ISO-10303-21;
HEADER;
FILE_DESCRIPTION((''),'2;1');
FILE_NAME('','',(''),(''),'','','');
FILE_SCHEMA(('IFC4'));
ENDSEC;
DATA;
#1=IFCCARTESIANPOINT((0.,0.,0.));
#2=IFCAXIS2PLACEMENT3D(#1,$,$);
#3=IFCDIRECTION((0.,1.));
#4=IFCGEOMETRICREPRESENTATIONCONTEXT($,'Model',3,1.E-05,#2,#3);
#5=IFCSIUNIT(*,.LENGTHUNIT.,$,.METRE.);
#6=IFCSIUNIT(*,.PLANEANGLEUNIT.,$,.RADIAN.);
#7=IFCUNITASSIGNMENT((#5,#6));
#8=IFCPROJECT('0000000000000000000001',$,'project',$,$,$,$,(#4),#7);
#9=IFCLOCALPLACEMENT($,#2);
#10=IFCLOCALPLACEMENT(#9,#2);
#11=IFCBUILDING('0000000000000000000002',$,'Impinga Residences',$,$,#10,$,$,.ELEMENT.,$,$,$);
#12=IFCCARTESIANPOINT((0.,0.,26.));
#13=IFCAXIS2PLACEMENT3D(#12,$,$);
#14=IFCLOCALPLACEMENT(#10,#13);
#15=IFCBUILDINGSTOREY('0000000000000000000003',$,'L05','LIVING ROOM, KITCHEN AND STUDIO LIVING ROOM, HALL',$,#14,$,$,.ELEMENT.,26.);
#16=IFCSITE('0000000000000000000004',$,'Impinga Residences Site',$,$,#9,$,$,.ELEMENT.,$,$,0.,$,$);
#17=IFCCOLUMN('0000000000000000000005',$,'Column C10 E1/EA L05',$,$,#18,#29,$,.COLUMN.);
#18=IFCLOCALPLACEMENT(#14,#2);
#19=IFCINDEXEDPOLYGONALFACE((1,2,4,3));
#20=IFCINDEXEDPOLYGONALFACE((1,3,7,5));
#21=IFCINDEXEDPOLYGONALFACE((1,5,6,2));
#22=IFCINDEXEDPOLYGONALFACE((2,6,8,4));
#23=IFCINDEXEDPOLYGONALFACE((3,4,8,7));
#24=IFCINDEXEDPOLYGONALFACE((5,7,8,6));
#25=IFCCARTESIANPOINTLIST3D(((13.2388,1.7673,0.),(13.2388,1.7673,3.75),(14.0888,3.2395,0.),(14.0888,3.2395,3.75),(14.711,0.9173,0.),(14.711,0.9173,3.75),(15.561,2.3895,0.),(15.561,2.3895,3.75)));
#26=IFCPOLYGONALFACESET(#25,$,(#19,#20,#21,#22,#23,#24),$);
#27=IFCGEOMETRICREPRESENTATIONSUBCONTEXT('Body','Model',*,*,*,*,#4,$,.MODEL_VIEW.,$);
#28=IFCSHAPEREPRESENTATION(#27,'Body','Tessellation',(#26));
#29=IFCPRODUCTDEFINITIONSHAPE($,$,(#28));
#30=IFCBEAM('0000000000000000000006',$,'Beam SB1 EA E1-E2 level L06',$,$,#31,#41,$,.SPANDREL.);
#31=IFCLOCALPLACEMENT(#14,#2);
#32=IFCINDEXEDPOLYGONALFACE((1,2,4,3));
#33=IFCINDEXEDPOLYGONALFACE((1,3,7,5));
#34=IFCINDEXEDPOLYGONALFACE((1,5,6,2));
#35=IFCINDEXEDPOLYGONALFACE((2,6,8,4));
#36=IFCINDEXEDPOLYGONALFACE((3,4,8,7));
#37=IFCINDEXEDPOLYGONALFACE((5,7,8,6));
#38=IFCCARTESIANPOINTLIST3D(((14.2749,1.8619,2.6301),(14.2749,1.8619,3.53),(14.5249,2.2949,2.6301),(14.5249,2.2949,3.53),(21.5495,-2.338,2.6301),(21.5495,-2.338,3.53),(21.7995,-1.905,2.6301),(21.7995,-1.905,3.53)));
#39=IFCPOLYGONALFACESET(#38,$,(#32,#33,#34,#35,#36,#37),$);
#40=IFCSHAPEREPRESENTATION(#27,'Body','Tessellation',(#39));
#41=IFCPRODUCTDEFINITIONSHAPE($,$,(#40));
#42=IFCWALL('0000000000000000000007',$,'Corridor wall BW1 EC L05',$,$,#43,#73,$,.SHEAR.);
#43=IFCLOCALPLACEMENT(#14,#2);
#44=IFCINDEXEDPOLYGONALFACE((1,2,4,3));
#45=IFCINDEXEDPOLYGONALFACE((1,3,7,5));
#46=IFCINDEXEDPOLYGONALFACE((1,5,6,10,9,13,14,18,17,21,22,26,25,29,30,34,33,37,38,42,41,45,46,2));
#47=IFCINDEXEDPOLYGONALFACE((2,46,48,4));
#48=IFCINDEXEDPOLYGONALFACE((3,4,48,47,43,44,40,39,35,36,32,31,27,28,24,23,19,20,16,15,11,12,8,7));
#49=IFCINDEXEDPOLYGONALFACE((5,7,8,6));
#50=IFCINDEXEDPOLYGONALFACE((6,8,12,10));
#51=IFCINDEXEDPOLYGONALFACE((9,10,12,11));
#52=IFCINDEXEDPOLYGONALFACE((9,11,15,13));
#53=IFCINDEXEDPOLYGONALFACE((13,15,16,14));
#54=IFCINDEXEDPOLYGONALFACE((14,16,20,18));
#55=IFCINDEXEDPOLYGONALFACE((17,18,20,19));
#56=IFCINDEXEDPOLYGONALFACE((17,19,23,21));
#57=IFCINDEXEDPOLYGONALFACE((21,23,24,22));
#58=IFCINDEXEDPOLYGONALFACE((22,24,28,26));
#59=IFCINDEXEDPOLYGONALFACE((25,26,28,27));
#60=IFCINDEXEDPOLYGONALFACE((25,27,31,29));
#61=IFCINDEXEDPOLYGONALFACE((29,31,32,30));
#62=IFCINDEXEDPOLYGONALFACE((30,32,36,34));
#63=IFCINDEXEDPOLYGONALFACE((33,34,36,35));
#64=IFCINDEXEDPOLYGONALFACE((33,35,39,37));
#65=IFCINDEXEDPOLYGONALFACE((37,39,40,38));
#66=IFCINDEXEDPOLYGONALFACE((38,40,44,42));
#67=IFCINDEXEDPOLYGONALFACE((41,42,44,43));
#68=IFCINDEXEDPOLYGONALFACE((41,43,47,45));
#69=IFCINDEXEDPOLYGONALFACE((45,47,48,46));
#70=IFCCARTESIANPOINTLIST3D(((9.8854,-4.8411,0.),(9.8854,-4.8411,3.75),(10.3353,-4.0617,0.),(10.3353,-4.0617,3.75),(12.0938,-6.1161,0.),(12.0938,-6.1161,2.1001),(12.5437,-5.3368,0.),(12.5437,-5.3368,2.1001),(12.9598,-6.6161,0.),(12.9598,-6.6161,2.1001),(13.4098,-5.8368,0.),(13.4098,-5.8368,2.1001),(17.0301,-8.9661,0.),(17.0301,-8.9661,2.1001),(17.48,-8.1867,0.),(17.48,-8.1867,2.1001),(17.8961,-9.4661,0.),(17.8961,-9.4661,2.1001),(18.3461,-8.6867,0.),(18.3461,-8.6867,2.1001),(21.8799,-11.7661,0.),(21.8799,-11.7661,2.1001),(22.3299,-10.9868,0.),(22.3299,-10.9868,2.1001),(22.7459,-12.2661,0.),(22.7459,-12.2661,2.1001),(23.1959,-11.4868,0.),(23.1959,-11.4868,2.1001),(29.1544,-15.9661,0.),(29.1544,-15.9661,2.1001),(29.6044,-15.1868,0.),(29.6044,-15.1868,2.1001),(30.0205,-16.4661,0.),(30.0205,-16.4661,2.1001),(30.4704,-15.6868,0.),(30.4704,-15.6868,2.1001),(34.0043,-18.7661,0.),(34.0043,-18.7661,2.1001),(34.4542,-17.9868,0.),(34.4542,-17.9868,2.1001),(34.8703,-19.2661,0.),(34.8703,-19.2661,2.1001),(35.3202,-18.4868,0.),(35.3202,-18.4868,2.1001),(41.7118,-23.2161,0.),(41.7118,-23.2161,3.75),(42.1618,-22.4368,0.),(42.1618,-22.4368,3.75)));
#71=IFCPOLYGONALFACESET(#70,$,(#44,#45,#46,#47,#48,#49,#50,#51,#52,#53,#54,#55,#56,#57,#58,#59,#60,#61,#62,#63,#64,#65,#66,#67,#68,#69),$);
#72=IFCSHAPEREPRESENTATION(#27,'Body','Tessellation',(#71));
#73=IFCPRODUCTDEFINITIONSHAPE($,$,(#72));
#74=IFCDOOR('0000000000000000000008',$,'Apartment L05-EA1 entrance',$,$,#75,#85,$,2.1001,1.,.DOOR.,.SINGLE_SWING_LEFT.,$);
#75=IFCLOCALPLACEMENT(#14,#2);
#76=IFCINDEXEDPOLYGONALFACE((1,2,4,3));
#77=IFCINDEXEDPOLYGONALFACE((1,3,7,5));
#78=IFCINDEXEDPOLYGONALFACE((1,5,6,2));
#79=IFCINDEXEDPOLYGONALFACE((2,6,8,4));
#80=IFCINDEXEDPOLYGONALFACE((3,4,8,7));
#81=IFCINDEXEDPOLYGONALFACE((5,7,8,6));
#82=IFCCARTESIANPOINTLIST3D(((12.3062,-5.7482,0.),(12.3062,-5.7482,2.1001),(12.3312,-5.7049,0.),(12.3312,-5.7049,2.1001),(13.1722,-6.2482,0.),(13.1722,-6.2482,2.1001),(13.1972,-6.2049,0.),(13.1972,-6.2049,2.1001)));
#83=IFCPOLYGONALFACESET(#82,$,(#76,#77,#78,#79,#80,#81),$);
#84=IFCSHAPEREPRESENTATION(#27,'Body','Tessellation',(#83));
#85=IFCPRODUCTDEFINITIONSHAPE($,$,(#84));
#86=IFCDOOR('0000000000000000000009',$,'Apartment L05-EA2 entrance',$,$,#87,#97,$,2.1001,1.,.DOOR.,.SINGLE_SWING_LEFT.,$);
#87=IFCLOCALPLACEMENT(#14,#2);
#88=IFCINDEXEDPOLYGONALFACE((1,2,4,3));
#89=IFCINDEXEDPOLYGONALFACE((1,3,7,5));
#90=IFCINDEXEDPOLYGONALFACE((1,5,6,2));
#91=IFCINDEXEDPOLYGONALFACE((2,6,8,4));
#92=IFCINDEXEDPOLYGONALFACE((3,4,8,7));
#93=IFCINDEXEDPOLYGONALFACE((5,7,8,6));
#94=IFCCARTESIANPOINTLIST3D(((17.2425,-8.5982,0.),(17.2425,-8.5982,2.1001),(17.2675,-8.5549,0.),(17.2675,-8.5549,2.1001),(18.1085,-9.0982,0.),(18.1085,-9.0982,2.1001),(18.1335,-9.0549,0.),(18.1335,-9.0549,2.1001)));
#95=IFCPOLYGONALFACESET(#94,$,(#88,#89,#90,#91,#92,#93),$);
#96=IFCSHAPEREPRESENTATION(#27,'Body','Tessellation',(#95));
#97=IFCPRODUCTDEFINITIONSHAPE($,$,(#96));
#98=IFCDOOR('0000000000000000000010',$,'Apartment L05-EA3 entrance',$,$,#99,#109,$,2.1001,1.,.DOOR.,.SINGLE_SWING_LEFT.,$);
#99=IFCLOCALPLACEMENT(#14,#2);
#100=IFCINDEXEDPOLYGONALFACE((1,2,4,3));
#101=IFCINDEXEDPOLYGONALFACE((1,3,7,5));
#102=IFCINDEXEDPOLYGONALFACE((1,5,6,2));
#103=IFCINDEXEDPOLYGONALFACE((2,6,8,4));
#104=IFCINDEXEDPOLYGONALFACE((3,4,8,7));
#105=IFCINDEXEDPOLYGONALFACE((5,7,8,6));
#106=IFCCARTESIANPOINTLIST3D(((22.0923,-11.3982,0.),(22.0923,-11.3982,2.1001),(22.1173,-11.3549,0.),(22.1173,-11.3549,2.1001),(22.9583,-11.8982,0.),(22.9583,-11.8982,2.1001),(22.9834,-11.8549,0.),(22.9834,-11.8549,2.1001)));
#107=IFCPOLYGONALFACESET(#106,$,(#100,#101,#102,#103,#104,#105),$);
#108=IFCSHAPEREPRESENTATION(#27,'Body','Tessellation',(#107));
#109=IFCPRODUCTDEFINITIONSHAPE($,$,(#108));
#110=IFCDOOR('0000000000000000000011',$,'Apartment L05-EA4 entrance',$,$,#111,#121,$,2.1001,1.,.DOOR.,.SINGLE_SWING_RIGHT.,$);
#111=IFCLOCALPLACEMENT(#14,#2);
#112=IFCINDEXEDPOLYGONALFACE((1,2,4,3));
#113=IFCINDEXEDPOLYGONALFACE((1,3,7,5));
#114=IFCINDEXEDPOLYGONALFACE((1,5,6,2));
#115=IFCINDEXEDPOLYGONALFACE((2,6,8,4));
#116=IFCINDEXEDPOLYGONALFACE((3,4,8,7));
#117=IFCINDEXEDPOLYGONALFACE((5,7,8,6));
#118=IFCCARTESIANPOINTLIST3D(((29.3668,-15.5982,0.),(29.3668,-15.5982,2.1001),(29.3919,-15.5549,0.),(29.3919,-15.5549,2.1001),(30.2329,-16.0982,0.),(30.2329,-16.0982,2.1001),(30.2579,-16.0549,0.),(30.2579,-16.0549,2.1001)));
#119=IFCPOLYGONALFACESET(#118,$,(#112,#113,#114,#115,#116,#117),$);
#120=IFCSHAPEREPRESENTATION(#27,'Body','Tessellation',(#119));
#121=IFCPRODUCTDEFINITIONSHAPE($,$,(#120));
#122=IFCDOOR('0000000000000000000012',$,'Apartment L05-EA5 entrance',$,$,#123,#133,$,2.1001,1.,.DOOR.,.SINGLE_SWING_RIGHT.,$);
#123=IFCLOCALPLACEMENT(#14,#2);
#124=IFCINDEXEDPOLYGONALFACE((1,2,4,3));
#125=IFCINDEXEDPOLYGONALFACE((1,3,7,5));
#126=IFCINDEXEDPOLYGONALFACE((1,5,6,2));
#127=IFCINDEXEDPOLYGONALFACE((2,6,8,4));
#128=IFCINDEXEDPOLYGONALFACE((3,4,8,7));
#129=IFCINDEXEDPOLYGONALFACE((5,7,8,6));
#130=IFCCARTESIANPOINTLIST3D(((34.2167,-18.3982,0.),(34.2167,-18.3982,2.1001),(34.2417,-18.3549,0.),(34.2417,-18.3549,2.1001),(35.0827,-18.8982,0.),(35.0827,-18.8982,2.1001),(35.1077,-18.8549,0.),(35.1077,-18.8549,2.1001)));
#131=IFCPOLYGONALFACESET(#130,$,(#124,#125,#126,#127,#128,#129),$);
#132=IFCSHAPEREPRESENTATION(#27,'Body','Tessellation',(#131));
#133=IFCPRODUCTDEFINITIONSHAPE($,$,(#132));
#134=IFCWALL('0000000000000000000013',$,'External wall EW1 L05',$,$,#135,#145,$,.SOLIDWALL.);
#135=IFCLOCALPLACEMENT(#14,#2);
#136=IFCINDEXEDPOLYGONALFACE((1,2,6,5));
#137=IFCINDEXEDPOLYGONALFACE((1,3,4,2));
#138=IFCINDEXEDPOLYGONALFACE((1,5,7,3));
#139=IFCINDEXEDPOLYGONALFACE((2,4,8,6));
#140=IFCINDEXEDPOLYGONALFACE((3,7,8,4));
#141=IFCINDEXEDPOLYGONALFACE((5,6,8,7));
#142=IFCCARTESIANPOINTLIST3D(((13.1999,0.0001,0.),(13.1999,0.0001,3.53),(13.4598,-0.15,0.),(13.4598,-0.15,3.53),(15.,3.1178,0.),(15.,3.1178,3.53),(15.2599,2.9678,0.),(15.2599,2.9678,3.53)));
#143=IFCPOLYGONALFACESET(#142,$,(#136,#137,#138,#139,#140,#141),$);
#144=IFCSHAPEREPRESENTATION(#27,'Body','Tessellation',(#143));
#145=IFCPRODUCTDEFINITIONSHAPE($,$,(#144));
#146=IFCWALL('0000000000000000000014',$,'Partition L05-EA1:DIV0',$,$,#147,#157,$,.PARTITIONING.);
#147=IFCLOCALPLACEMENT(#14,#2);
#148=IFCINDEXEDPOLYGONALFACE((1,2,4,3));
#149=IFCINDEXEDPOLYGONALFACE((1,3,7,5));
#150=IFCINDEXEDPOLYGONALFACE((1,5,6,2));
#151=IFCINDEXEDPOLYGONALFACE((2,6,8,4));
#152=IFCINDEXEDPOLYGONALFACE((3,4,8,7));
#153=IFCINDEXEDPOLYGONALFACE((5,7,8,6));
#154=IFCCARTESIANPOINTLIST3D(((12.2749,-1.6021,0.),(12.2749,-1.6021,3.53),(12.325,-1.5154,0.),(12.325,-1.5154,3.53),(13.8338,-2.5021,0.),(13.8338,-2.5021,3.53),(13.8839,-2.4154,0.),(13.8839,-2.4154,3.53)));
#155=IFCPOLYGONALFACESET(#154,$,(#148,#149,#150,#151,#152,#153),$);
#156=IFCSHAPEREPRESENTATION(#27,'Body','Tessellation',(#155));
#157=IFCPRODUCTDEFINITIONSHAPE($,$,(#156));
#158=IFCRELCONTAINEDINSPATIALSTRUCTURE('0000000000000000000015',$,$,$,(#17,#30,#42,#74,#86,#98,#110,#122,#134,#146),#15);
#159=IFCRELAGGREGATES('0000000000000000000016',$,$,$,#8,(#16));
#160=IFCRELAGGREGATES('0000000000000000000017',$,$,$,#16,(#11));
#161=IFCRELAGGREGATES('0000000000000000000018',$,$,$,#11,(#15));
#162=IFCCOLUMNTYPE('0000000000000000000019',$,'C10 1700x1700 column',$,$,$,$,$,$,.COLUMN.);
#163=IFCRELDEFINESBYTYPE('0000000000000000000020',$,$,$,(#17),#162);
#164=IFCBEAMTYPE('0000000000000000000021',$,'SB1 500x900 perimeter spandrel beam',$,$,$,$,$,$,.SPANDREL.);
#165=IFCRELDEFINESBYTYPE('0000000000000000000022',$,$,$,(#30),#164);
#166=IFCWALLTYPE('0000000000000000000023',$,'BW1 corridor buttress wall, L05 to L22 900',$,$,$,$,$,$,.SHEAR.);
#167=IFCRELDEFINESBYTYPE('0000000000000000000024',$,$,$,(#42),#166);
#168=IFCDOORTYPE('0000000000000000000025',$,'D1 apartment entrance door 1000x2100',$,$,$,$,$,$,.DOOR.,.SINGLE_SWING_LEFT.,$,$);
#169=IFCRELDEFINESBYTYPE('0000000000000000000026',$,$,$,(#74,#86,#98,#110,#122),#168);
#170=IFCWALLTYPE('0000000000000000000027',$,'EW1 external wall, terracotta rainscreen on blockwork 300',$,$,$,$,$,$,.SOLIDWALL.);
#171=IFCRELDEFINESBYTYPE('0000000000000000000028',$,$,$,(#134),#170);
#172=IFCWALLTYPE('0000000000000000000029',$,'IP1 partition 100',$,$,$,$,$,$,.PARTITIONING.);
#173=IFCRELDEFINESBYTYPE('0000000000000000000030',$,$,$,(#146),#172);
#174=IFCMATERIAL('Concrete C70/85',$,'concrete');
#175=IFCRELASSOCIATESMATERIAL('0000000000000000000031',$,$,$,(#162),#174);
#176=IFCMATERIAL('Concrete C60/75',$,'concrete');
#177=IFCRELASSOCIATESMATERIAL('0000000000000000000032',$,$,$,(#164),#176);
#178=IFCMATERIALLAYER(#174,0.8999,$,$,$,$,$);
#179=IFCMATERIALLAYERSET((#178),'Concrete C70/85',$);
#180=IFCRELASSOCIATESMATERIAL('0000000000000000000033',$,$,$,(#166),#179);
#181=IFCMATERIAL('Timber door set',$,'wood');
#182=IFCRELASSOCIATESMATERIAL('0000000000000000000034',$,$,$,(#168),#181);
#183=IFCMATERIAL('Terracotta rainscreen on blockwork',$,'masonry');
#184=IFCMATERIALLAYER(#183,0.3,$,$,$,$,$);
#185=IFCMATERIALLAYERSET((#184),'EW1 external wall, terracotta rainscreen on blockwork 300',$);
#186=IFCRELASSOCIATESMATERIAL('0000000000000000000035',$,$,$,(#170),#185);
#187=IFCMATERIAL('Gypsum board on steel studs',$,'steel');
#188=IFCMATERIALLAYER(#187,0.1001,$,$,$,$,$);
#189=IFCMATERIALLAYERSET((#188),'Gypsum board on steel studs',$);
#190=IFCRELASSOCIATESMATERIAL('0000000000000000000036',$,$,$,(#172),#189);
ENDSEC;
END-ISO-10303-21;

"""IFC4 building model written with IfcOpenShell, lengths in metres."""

from ifc_helpers import new_model, si_unit, direction, frame, frame_2d, origin, origin_2d, place, context, subcontext, project, spatial, rectangle, extrude, material, layer, layer_set, material_profile, profile_set, type_object, element, fill, save


model = new_model("IFC4")

# Units and contexts
model_context = context("Model", 3, precision=1e-05, world=origin(), true_north=direction((0.0, 1.0)))
body_context = subcontext(model_context, "Body", "Model", "MODEL_VIEW")
ifc_project = project(units=[si_unit("LENGTHUNIT", "METRE"), si_unit("PLANEANGLEUNIT", "RADIAN")], contexts=[model_context])

# Site, building, storey
site_placement = place(None, origin())
site = spatial("IfcSite", under=ifc_project, at=site_placement, Name="Impinga Residences Site", CompositionType="ELEMENT", RefElevation=0.0)
building_placement = place(site_placement, origin())
building = spatial("IfcBuilding", under=site, at=building_placement, Name="Impinga Residences", CompositionType="ELEMENT")
storey_placement = place(building_placement, frame((0.0, 0.0, 26.0)))
storey = spatial("IfcBuildingStorey", under=building, at=storey_placement, Name="L05", Description="LIVING ROOM, KITCHEN AND STUDIO LIVING ROOM, HALL", CompositionType="ELEMENT", Elevation=26.0)

# Column
ifc_material_1 = material(Name="Concrete C70/85", Category="concrete")
ifc_material_profile_1 = material_profile(ifc_material_1, rectangle(XDim=1.7, YDim=1.7, at=origin_2d()), Name="RC 1700x1700")
ifc_profile_set_1 = profile_set([ifc_material_profile_1], Name="Concrete C70/85")
column_type = type_object("IfcColumnType", Name="C10 1700x1700 column", PredefinedType="COLUMN", material=ifc_profile_set_1)
column_placement = place(storey_placement, frame((14.3999, 2.0784, 0.0), z_axis=(0.0, 0.0, 1.0), x_axis=(-0.5, -0.866025, 0.0)))
element("IfcColumn", 1, at=column_placement, inside=storey, type_object=column_type, Name="Column C10 E1/EA L05", PredefinedType="COLUMN", context=body_context, shape_type="SweptSolid", body=[
    extrude(rectangle(XDim=1.7, YDim=1.7, at=origin_2d()), origin(), (0.0, 0.0, 1.0), 3.75),
])

# Beam
ifc_material_2 = material(Name="Concrete C60/75", Category="concrete")
ifc_material_profile_2 = material_profile(ifc_material_2, rectangle(XDim=0.5, YDim=0.8999, at=origin_2d()), Name="RC 500x900")
ifc_profile_set_2 = profile_set([ifc_material_profile_2], Name="Concrete C60/75")
beam_type = type_object("IfcBeamType", Name="SB1 500x900 perimeter spandrel beam", PredefinedType="SPANDREL", material=ifc_profile_set_2)
beam_placement = place(storey_placement, frame((14.3999, 2.0784, 3.0801), z_axis=(0.866029, -0.499993, 0.0), x_axis=(0.499993, 0.866029, 0.0)))
element("IfcBeam", 2, at=beam_placement, inside=storey, type_object=beam_type, Name="Beam SB1 EA E1-E2 level L06", PredefinedType="SPANDREL", context=body_context, shape_type="SweptSolid", body=[
    extrude(rectangle(XDim=0.5, YDim=0.8999, at=origin_2d()), origin(), (0.0, 0.0, 1.0), 8.3999),
])

# Wall, openings, doors
ifc_layer_1 = layer(ifc_material_1, 0.8999)
ifc_layer_set_1 = layer_set([ifc_layer_1], Name="Concrete C70/85")
wall_type_1 = type_object("IfcWallType", Name="BW1 corridor buttress wall, L05 to L22 900", PredefinedType="SHEAR", material=ifc_layer_set_1)
wall_1_placement = place(storey_placement, frame((10.1104, -4.4514, 0.0), z_axis=(0.0, 0.0, 1.0), x_axis=(0.866025, -0.5, 0.0)))
wall_1 = element("IfcWall", 3, at=wall_1_placement, inside=storey, type_object=wall_type_1, Name="Corridor wall BW1 EC L05", PredefinedType="SHEAR", context=body_context, shape_type="SweptSolid", body=[
    extrude(rectangle(XDim=36.75, YDim=0.8999, at=frame_2d((18.375, 0.0))), origin(), (0.0, 0.0, 1.0), 3.75),
])
opening_1_placement = place(wall_1_placement, frame((2.55, 0.0, 0.0)))
opening_1 = element("IfcOpeningElement", 4, at=opening_1_placement, cuts=wall_1, PredefinedType="OPENING", context=body_context, shape_type="SweptSolid", body=[
    extrude(rectangle(XDim=1.0, YDim=2.1001, at=frame_2d((0.5, 1.05))), frame((0.0, 0.46, 0.0), z_axis=(0.0, -1.0, 0.0), x_axis=(1.0, 0.0, 0.0)), (0.0, 0.0, 1.0), 0.9199),
])
opening_2_placement = place(wall_1_placement, frame((8.25, 0.0, 0.0)))
opening_2 = element("IfcOpeningElement", 5, at=opening_2_placement, cuts=wall_1, PredefinedType="OPENING", context=body_context, shape_type="SweptSolid", body=[
    extrude(rectangle(XDim=1.0, YDim=2.1001, at=frame_2d((0.5, 1.05))), frame((0.0, 0.46, 0.0), z_axis=(0.0, -1.0, 0.0), x_axis=(1.0, 0.0, 0.0)), (0.0, 0.0, 1.0), 0.9199),
])
opening_3_placement = place(wall_1_placement, frame((13.8501, 0.0, 0.0)))
opening_3 = element("IfcOpeningElement", 6, at=opening_3_placement, cuts=wall_1, PredefinedType="OPENING", context=body_context, shape_type="SweptSolid", body=[
    extrude(rectangle(XDim=1.0, YDim=2.1001, at=frame_2d((0.5, 1.05))), frame((0.0, 0.46, 0.0), z_axis=(0.0, -1.0, 0.0), x_axis=(1.0, 0.0, 0.0)), (0.0, 0.0, 1.0), 0.9199),
])
opening_4_placement = place(wall_1_placement, frame((22.25, 0.0, 0.0)))
opening_4 = element("IfcOpeningElement", 7, at=opening_4_placement, cuts=wall_1, PredefinedType="OPENING", context=body_context, shape_type="SweptSolid", body=[
    extrude(rectangle(XDim=1.0, YDim=2.1001, at=frame_2d((0.5, 1.05))), frame((0.0, 0.46, 0.0), z_axis=(0.0, -1.0, 0.0), x_axis=(1.0, 0.0, 0.0)), (0.0, 0.0, 1.0), 0.9199),
])
opening_5_placement = place(wall_1_placement, frame((27.8501, 0.0, 0.0)))
opening_5 = element("IfcOpeningElement", 8, at=opening_5_placement, cuts=wall_1, PredefinedType="OPENING", context=body_context, shape_type="SweptSolid", body=[
    extrude(rectangle(XDim=1.0, YDim=2.1001, at=frame_2d((0.5, 1.05))), frame((0.0, 0.46, 0.0), z_axis=(0.0, -1.0, 0.0), x_axis=(1.0, 0.0, 0.0)), (0.0, 0.0, 1.0), 0.9199),
])
ifc_material_3 = material(Name="Timber door set", Category="wood")
door_type_1 = type_object("IfcDoorType", Name="D1 apartment entrance door 1000x2100", OperationType="SINGLE_SWING_LEFT", PredefinedType="DOOR", material=ifc_material_3)
door_1_placement = place(opening_1_placement, origin())
door_1 = element("IfcDoor", 9, at=door_1_placement, inside=storey, type_object=door_type_1, Name="Apartment L05-EA1 entrance", OperationType="SINGLE_SWING_LEFT", OverallHeight=2.1001, OverallWidth=1.0, PredefinedType="DOOR", context=body_context, shape_type="SweptSolid", body=[
    extrude(rectangle(XDim=1.0, YDim=2.1001, at=frame_2d((0.5, 1.05))), frame((0.0, 0.0249, 0.0), z_axis=(0.0, -1.0, 0.0), x_axis=(1.0, 0.0, 0.0)), (0.0, 0.0, 1.0), 0.05),
])
fill(opening_1, door_1)
door_2_placement = place(opening_2_placement, origin())
door_2 = element("IfcDoor", 10, at=door_2_placement, inside=storey, type_object=door_type_1, Name="Apartment L05-EA2 entrance", OperationType="SINGLE_SWING_LEFT", OverallHeight=2.1001, OverallWidth=1.0, PredefinedType="DOOR", context=body_context, shape_type="SweptSolid", body=[
    extrude(rectangle(XDim=1.0, YDim=2.1001, at=frame_2d((0.5, 1.05))), frame((0.0, 0.0249, 0.0), z_axis=(0.0, -1.0, 0.0), x_axis=(1.0, 0.0, 0.0)), (0.0, 0.0, 1.0), 0.05),
])
fill(opening_2, door_2)
door_3_placement = place(opening_3_placement, origin())
door_3 = element("IfcDoor", 11, at=door_3_placement, inside=storey, type_object=door_type_1, Name="Apartment L05-EA3 entrance", OperationType="SINGLE_SWING_LEFT", OverallHeight=2.1001, OverallWidth=1.0, PredefinedType="DOOR", context=body_context, shape_type="SweptSolid", body=[
    extrude(rectangle(XDim=1.0, YDim=2.1001, at=frame_2d((0.5, 1.05))), frame((0.0, 0.0249, 0.0), z_axis=(0.0, -1.0, 0.0), x_axis=(1.0, 0.0, 0.0)), (0.0, 0.0, 1.0), 0.05),
])
fill(opening_3, door_3)
door_4_placement = place(opening_4_placement, origin())
door_4 = element("IfcDoor", 12, at=door_4_placement, inside=storey, type_object=door_type_1, Name="Apartment L05-EA4 entrance", OperationType="SINGLE_SWING_RIGHT", OverallHeight=2.1001, OverallWidth=1.0, PredefinedType="DOOR", context=body_context, shape_type="SweptSolid", body=[
    extrude(rectangle(XDim=1.0, YDim=2.1001, at=frame_2d((0.5, 1.05))), frame((0.0, 0.0249, 0.0), z_axis=(0.0, -1.0, 0.0), x_axis=(1.0, 0.0, 0.0)), (0.0, 0.0, 1.0), 0.05),
])
fill(opening_4, door_4)
door_5_placement = place(opening_5_placement, origin())
door_5 = element("IfcDoor", 13, at=door_5_placement, inside=storey, type_object=door_type_1, Name="Apartment L05-EA5 entrance", OperationType="SINGLE_SWING_RIGHT", OverallHeight=2.1001, OverallWidth=1.0, PredefinedType="DOOR", context=body_context, shape_type="SweptSolid", body=[
    extrude(rectangle(XDim=1.0, YDim=2.1001, at=frame_2d((0.5, 1.05))), frame((0.0, 0.0249, 0.0), z_axis=(0.0, -1.0, 0.0), x_axis=(1.0, 0.0, 0.0)), (0.0, 0.0, 1.0), 0.05),
])
fill(opening_5, door_5)

# Walls
ifc_material_4 = material(Name="Terracotta rainscreen on blockwork", Category="masonry")
ifc_layer_2 = layer(ifc_material_4, 0.3)
ifc_layer_set_2 = layer_set([ifc_layer_2], Name="EW1 external wall, terracotta rainscreen on blockwork 300")
wall_type_2 = type_object("IfcWallType", Name="EW1 external wall, terracotta rainscreen on blockwork 300", PredefinedType="SOLIDWALL", material=ifc_layer_set_2)
wall_2_placement = place(storey_placement, frame((13.3298, -0.075, 0.0), z_axis=(0.0, 0.0, 1.0), x_axis=(0.500012, 0.866018, 0.0)))
element("IfcWall", 14, at=wall_2_placement, inside=storey, type_object=wall_type_2, Name="External wall EW1 L05", PredefinedType="SOLIDWALL", context=body_context, shape_type="SweptSolid", body=[
    extrude(rectangle(XDim=3.6001, YDim=0.3, at=frame_2d((1.8, 0.0))), origin(), (0.0, 0.0, 1.0), 3.53),
])
ifc_material_5 = material(Name="Gypsum board on steel studs", Category="steel")
ifc_layer_3 = layer(ifc_material_5, 0.1001)
ifc_layer_set_3 = layer_set([ifc_layer_3], Name="Gypsum board on steel studs")
wall_type_3 = type_object("IfcWallType", Name="IP1 partition 100", PredefinedType="PARTITIONING", material=ifc_layer_set_3)
wall_3_placement = place(storey_placement, frame((12.3, -1.5588, 0.0), z_axis=(0.0, 0.0, 1.0), x_axis=(0.866048, -0.499961, 0.0)))
element("IfcWall", 15, at=wall_3_placement, inside=storey, type_object=wall_type_3, Name="Partition L05-EA1:DIV0", PredefinedType="PARTITIONING", context=body_context, shape_type="SweptSolid", body=[
    extrude(rectangle(XDim=1.8, YDim=0.1001, at=frame_2d((0.8999, 0.0))), origin(), (0.0, 0.0, 1.0), 3.53),
])

save(model, "model.ifc")
